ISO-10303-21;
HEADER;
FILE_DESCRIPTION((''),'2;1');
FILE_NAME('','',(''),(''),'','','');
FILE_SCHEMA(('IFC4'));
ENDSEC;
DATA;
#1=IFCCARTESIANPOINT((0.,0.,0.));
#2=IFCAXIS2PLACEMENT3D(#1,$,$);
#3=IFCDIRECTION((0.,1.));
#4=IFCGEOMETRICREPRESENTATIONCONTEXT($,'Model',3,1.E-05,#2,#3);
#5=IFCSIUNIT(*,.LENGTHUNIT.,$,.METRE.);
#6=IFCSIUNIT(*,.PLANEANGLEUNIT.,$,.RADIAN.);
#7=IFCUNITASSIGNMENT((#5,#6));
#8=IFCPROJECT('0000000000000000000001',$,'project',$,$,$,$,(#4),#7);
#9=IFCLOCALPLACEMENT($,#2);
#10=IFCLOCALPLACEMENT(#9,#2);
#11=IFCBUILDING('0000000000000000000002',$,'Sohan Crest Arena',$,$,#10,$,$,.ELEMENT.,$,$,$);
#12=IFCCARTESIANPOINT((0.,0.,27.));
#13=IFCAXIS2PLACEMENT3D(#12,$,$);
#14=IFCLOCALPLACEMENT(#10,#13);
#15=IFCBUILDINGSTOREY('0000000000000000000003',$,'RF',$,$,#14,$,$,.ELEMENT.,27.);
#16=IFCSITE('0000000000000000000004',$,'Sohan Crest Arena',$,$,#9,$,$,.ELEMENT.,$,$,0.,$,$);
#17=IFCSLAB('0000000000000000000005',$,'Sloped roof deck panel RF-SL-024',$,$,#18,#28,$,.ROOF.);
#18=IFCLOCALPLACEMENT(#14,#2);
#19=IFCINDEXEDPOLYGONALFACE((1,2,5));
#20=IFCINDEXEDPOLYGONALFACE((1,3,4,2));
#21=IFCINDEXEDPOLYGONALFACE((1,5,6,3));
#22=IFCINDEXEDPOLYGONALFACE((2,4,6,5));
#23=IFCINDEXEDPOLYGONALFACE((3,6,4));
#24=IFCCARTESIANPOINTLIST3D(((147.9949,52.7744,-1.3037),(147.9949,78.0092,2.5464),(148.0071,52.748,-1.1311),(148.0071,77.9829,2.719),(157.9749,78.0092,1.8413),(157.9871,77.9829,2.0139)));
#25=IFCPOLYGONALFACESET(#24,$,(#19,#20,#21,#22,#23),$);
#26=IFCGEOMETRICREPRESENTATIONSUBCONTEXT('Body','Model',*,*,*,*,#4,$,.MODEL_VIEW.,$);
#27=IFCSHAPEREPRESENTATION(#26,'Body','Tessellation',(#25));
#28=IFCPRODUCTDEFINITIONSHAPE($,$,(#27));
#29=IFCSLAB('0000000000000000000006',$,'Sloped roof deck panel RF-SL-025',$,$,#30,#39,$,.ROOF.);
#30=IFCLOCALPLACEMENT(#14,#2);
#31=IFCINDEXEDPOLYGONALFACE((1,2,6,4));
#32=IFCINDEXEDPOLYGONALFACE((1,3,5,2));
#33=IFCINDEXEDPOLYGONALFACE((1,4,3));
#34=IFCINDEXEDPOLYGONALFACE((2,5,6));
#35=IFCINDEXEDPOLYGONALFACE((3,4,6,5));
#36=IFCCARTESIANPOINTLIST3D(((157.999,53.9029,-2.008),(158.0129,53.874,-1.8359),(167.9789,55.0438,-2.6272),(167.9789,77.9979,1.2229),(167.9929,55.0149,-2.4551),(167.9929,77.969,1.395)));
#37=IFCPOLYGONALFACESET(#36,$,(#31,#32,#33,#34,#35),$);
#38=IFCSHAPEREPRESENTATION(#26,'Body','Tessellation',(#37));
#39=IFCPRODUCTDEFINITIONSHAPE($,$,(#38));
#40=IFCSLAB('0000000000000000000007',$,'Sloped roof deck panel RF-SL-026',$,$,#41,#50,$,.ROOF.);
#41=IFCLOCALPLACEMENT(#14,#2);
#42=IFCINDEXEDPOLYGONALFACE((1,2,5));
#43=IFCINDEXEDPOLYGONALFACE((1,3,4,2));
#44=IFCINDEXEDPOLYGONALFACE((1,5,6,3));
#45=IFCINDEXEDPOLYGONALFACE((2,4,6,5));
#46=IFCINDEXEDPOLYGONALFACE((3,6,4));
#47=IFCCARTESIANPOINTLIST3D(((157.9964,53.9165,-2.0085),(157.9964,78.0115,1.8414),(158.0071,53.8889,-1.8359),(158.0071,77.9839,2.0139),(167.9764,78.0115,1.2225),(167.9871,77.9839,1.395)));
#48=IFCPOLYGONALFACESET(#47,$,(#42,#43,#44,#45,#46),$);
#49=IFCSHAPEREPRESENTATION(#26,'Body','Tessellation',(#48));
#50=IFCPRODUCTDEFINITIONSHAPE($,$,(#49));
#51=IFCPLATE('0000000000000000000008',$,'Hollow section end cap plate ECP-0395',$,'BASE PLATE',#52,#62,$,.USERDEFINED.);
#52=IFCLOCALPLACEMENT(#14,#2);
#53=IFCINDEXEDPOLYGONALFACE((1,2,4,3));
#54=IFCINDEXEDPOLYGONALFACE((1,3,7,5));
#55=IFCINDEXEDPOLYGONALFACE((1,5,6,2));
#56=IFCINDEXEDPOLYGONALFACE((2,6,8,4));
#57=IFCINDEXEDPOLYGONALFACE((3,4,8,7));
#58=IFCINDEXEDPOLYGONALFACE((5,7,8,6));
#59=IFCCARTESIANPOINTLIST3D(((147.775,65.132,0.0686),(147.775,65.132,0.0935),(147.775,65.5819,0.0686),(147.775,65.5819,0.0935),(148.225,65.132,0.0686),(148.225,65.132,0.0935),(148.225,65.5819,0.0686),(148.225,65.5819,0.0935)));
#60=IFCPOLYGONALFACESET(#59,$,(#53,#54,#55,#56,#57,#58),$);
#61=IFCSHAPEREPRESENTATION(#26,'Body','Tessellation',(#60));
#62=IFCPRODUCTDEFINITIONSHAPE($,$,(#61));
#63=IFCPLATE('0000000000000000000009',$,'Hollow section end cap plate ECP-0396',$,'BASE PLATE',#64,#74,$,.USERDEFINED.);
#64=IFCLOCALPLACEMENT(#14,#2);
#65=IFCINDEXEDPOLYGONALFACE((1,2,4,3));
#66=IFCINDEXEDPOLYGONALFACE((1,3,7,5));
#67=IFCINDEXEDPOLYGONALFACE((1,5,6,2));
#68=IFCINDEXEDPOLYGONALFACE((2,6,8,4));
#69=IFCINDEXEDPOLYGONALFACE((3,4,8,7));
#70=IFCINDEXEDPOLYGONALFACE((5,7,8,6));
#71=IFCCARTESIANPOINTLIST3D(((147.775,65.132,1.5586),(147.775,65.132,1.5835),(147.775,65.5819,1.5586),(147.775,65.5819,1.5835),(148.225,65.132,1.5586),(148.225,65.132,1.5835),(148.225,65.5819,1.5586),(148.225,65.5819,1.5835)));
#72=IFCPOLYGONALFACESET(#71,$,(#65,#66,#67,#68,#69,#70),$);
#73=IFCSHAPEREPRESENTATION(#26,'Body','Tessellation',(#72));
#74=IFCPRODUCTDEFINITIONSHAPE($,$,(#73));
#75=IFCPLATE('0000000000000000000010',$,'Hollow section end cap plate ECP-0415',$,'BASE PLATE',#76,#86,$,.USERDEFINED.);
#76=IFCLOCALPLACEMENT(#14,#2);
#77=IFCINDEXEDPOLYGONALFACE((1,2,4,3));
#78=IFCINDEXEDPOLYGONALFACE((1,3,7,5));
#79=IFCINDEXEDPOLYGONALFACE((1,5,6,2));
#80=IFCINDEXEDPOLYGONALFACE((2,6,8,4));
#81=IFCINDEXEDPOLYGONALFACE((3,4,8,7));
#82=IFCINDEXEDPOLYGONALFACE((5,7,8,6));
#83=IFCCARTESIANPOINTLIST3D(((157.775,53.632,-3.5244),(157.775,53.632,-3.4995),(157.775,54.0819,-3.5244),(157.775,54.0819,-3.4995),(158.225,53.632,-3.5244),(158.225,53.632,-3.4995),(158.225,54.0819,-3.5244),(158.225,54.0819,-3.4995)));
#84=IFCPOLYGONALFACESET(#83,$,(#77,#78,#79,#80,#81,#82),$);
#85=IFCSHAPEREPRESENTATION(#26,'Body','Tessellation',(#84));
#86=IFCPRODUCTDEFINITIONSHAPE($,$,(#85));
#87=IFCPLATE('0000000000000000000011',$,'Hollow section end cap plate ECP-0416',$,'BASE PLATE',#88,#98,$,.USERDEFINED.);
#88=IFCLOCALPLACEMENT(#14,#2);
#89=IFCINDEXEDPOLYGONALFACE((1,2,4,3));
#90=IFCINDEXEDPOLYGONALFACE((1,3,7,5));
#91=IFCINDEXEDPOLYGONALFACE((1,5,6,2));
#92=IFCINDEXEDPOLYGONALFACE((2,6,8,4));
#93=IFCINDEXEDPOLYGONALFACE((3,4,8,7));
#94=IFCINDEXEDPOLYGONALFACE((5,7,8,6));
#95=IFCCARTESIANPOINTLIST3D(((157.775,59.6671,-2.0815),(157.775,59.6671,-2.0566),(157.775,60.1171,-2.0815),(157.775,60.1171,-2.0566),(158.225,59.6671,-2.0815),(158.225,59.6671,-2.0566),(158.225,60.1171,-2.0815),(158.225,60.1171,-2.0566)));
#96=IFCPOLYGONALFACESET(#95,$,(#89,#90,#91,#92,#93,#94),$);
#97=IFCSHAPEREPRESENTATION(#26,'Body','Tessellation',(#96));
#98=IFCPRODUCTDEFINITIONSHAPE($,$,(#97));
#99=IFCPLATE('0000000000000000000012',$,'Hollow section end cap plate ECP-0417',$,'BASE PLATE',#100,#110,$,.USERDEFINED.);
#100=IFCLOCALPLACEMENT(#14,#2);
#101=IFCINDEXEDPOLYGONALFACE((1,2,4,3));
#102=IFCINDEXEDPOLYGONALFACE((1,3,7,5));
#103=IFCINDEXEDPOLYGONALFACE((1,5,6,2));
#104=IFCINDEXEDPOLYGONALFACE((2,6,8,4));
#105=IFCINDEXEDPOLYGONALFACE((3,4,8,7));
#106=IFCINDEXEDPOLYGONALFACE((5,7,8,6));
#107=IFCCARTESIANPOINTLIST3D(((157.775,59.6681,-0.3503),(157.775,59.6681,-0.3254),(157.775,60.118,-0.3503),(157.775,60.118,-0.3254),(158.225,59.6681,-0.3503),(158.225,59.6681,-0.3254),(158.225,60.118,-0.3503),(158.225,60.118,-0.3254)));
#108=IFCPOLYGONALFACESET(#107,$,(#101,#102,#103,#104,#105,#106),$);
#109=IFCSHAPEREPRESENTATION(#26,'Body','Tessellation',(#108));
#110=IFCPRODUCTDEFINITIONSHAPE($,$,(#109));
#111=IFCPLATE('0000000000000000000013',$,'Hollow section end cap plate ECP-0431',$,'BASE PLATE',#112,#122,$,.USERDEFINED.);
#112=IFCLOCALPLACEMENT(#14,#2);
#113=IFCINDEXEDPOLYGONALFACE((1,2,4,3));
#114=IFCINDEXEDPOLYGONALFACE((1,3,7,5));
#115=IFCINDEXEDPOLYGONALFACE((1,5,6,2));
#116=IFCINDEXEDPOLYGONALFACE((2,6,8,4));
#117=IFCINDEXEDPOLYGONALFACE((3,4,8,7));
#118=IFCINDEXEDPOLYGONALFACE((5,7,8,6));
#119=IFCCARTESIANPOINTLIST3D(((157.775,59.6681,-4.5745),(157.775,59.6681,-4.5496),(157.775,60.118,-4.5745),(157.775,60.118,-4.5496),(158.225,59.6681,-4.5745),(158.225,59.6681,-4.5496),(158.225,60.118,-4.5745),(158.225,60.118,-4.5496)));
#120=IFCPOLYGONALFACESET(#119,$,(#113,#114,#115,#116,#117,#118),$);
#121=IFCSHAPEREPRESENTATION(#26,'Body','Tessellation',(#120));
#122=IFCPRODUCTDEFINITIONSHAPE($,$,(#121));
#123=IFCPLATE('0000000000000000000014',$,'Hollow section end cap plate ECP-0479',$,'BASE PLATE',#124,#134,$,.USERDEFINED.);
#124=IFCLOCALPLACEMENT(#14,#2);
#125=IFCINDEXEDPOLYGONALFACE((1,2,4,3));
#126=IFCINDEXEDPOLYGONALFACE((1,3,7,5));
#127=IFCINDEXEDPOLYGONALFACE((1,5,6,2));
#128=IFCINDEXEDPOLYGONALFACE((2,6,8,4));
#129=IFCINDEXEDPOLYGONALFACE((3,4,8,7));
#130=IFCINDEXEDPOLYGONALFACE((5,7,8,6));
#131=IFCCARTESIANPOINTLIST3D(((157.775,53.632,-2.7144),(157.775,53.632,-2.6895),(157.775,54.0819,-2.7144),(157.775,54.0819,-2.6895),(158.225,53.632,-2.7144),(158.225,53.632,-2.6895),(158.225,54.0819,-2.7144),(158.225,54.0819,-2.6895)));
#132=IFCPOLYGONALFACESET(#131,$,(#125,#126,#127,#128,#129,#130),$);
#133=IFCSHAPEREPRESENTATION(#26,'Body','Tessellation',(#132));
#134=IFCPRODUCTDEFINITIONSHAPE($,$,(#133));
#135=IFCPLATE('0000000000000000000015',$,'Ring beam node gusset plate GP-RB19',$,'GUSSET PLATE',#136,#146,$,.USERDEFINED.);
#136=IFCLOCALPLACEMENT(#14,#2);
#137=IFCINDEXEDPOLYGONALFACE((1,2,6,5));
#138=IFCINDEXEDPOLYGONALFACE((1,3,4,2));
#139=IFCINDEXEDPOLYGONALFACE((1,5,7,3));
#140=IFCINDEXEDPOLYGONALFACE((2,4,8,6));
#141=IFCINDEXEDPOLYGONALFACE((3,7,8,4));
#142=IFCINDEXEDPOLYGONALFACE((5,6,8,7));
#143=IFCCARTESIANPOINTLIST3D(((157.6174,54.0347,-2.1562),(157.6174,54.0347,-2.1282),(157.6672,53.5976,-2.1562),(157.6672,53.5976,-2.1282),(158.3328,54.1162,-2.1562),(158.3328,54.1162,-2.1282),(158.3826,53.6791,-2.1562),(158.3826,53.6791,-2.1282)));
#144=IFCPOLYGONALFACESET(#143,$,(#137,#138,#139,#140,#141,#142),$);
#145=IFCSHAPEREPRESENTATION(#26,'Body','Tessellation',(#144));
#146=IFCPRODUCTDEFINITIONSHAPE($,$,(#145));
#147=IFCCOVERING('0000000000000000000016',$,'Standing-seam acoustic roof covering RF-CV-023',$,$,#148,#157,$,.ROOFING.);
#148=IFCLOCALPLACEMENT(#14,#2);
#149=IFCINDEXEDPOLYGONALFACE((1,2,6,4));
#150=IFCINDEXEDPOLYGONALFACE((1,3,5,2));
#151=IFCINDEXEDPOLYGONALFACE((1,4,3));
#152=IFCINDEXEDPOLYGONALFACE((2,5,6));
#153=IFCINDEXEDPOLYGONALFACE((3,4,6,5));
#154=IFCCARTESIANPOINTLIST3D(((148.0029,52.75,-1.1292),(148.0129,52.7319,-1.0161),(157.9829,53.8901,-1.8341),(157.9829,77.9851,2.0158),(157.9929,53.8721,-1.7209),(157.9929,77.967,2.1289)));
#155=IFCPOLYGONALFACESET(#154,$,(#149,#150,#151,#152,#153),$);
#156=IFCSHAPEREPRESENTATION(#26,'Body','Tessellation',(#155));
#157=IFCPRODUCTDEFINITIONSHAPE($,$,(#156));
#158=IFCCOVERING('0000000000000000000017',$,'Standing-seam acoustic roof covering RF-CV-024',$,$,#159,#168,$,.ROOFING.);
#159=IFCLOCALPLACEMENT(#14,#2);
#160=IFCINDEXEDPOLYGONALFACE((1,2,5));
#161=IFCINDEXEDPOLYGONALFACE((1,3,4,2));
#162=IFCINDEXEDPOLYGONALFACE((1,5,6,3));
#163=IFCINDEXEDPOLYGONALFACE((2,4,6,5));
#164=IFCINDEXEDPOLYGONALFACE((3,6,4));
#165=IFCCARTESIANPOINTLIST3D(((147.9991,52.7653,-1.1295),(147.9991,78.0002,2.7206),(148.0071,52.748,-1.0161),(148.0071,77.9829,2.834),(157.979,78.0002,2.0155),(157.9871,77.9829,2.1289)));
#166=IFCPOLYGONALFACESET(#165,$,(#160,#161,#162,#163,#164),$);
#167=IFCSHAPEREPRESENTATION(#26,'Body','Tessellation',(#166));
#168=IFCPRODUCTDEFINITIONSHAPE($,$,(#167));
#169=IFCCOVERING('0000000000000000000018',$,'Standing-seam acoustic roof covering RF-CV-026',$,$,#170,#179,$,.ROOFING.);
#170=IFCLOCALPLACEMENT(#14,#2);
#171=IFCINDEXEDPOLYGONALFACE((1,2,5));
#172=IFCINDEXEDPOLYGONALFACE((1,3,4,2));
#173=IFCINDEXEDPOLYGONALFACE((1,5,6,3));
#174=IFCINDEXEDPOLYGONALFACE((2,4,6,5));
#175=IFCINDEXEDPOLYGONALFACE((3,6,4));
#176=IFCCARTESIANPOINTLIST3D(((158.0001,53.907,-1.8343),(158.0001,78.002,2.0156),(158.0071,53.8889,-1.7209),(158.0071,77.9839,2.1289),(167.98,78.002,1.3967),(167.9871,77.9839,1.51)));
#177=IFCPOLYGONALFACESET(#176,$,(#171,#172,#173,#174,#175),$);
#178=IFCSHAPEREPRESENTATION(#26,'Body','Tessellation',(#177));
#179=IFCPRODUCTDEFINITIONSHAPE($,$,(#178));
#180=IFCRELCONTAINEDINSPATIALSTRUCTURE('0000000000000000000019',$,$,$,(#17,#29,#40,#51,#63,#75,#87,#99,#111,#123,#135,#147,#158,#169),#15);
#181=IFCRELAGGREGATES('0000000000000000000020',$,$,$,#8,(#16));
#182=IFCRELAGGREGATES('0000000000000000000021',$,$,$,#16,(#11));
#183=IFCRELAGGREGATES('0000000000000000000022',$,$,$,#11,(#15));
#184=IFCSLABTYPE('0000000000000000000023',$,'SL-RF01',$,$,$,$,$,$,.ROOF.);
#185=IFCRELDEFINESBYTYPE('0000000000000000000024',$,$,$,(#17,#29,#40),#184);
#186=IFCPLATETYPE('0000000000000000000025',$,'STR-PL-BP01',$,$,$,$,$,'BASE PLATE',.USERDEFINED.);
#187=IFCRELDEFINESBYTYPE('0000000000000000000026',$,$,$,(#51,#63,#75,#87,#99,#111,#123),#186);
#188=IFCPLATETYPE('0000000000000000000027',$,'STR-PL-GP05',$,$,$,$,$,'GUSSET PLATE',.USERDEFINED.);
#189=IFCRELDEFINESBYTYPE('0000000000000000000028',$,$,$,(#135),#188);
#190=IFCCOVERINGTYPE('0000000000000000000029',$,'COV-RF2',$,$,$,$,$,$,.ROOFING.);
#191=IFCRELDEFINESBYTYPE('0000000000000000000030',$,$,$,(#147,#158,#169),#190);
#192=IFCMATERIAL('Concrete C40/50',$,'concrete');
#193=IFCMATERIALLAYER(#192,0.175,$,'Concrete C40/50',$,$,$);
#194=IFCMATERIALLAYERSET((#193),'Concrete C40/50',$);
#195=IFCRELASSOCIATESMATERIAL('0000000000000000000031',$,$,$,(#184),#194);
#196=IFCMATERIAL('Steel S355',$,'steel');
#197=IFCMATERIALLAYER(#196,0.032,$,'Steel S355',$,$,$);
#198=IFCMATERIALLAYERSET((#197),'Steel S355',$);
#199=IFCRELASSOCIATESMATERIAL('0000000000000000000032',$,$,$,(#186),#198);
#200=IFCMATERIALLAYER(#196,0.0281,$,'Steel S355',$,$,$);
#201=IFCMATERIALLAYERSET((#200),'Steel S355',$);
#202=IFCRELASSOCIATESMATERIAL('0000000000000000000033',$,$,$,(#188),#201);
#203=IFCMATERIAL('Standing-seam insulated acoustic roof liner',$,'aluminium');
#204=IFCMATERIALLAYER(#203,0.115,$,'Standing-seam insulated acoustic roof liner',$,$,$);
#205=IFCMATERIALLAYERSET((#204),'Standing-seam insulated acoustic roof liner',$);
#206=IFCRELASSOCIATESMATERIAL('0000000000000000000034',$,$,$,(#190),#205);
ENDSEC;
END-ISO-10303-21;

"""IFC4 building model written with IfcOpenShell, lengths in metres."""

from ifc_helpers import new_model, si_unit, direction, frame, origin, origin_2d, place, context, subcontext, project, spatial, polyline, rectangle, outline, extrude, material, layer, layer_set, type_object, element, save


model = new_model("IFC4")

# Units and contexts
model_context = context("Model", 3, precision=1e-05, world=origin(), true_north=direction((0.0, 1.0)))
body_context = subcontext(model_context, "Body", "Model", "MODEL_VIEW")
ifc_project = project(units=[si_unit("LENGTHUNIT", "METRE"), si_unit("PLANEANGLEUNIT", "RADIAN")], contexts=[model_context])

# Site, building, storey
site_placement = place(None, origin())
site = spatial("IfcSite", under=ifc_project, at=site_placement, Name="Sohan Crest Arena", CompositionType="ELEMENT", RefElevation=0.0)
building_placement = place(site_placement, origin())
building = spatial("IfcBuilding", under=site, at=building_placement, Name="Sohan Crest Arena", CompositionType="ELEMENT")
storey_placement = place(building_placement, frame((0.0, 0.0, 27.0)))
storey = spatial("IfcBuildingStorey", under=building, at=storey_placement, Name="RF", CompositionType="ELEMENT", Elevation=27.0)

# Shared definitions
ifc_material_1 = material(Name="Steel S355", Category="steel")

# Slabs
ifc_material_2 = material(Name="Concrete C40/50", Category="concrete")
ifc_layer_1 = layer(ifc_material_2, 0.175, Name="Concrete C40/50")
ifc_layer_set_1 = layer_set([ifc_layer_1], Name="Concrete C40/50")
slab_type = type_object("IfcSlabType", Name="SL-RF01", PredefinedType="ROOF", material=ifc_layer_set_1)
slab_1_placement = place(storey_placement, frame((148.0071, 52.748, -1.1311), z_axis=(0.069671, -0.150459, 0.986158), x_axis=(0.365322, 0.923735, 0.115125)))
element("IfcSlab", 1, at=slab_1_placement, inside=storey, type_object=slab_type, Name="Sloped roof deck panel RF-SL-024", PredefinedType="ROOF", context=body_context, shape_type="SweptSolid", body=[
    extrude(outline(polyline([(0.0, 0.0), (27.3183, 0.0), (23.7536, 9.3483), (0.0, 0.0)])), origin(), (0.0, 0.0, -1.0), 0.175),
])
slab_2_placement = place(storey_placement, frame((158.0129, 53.874, -1.8359), z_axis=(0.079838, -0.164891, 0.983075), x_axis=(0.991647, 0.113361, -0.06152)))
element("IfcSlab", 2, at=slab_2_placement, inside=storey, type_object=slab_type, Name="Sloped roof deck panel RF-SL-025", PredefinedType="ROOF", context=body_context, shape_type="SweptSolid", body=[
    extrude(outline(polyline([(0.0, 0.0), (10.064, 0.0), (12.4293, 23.1543), (0.0, 0.0)])), origin(), (0.0, 0.0, -1.0), 0.175),
])
slab_3_placement = place(storey_placement, frame((158.0071, 53.8889, -1.8359), z_axis=(0.061123, -0.157482, 0.985628), x_axis=(0.379764, 0.916877, 0.122946)))
element("IfcSlab", 3, at=slab_3_placement, inside=storey, type_object=slab_type, Name="Sloped roof deck panel RF-SL-026", PredefinedType="ROOF", context=body_context, shape_type="SweptSolid", body=[
    extrude(outline(polyline([(0.0, 0.0), (26.2794, 0.0), (22.5654, 9.2838), (0.0, 0.0)])), origin(), (0.0, 0.0, -1.0), 0.175),
])

# Plates
ifc_layer_2 = layer(ifc_material_1, 0.032, Name="Steel S355")
ifc_layer_set_2 = layer_set([ifc_layer_2], Name="Steel S355")
plate_type_1 = type_object("IfcPlateType", Name="STR-PL-BP01", ElementType="BASE PLATE", PredefinedType="USERDEFINED", material=ifc_layer_set_2)
for number, where, z_axis, x_axis, name in (
    (4, (148.0, 65.3569, 0.0686), (0.0, 0.0, 1.0), (1.0, 0.0, 0.0), "Hollow section end cap plate ECP-0395"),
    (5, (148.0, 65.3569, 1.5586), (0.0, 0.0, 1.0), (1.0, 0.0, 0.0), "Hollow section end cap plate ECP-0396"),
    (6, (158.0, 53.8569, -3.5244), (0.0, 0.0, 1.0), (1.0, 0.0, 0.0), "Hollow section end cap plate ECP-0415"),
    (7, (158.0, 59.8921, -2.0815), (0.0, 0.0, 1.0), (1.0, 0.0, 0.0), "Hollow section end cap plate ECP-0416"),
    (8, (158.0, 59.8931, -0.3503), (0.0, 0.0, 1.0), (1.0, 0.0, 0.0), "Hollow section end cap plate ECP-0417"),
    (9, (158.0, 59.8931, -4.5745), (0.0, 0.0, 1.0), (1.0, 0.0, 0.0), "Hollow section end cap plate ECP-0431"),
    (10, (158.0, 53.8569, -2.7144), (0.0, 0.0, 1.0), (1.0, 0.0, 0.0), "Hollow section end cap plate ECP-0479"),
):
    element("IfcPlate", number, at=place(storey_placement, frame(where, z_axis=z_axis, x_axis=x_axis)), inside=storey, type_object=plate_type_1, Name=name, ObjectType="BASE PLATE", PredefinedType="USERDEFINED", context=body_context, shape_type="SweptSolid", body=[
        extrude(rectangle(XDim=0.45, YDim=0.45, at=origin_2d()), origin(), (0.0, 0.0, 1.0), 0.0249),
    ])
ifc_layer_3 = layer(ifc_material_1, 0.0281, Name="Steel S355")
ifc_layer_set_3 = layer_set([ifc_layer_3], Name="Steel S355")
plate_type_2 = type_object("IfcPlateType", Name="STR-PL-GP05", ElementType="GUSSET PLATE", PredefinedType="USERDEFINED", material=ifc_layer_set_3)
plate_placement = place(storey_placement, frame((158.0, 53.8569, -2.1562), z_axis=(0.0, 0.0, 1.0), x_axis=(0.993572, 0.113203, 0.0)))
element("IfcPlate", 11, at=plate_placement, inside=storey, type_object=plate_type_2, Name="Ring beam node gusset plate GP-RB19", ObjectType="GUSSET PLATE", PredefinedType="USERDEFINED", context=body_context, shape_type="SweptSolid", body=[
    extrude(rectangle(XDim=0.72, YDim=0.4399, at=origin_2d()), origin(), (0.0, 0.0, 1.0), 0.0281),
])

# Coverings
ifc_material_3 = material(Name="Standing-seam insulated acoustic roof liner", Category="aluminium")
ifc_layer_4 = layer(ifc_material_3, 0.115, Name="Standing-seam insulated acoustic roof liner")
ifc_layer_set_4 = layer_set([ifc_layer_4], Name="Standing-seam insulated acoustic roof liner")
covering_type = type_object("IfcCoveringType", Name="COV-RF2", PredefinedType="ROOFING", material=ifc_layer_set_4)
covering_1_placement = place(storey_placement, frame((148.0129, 52.7319, -1.0161), z_axis=(0.087429, -0.157173, 0.983693), x_axis=(0.991101, 0.113226, -0.069996)))
element("IfcCovering", 12, at=covering_1_placement, inside=storey, type_object=covering_type, Name="Standing-seam acoustic roof covering RF-CV-023", PredefinedType="ROOFING", context=body_context, shape_type="SweptSolid", body=[
    extrude(outline(polyline([(0.0, 0.0), (10.0696, 0.0), (12.5283, 24.2764), (0.0, 0.0)])), origin(), (0.0, 0.0, -1.0), 0.115),
])
covering_2_placement = place(storey_placement, frame((148.0071, 52.748, -1.0161), z_axis=(0.069671, -0.150459, 0.986158), x_axis=(0.365322, 0.923735, 0.115125)))
element("IfcCovering", 13, at=covering_2_placement, inside=storey, type_object=covering_type, Name="Standing-seam acoustic roof covering RF-CV-024", PredefinedType="ROOFING", context=body_context, shape_type="SweptSolid", body=[
    extrude(outline(polyline([(0.0, 0.0), (27.3183, 0.0), (23.7536, 9.3483), (0.0, 0.0)])), origin(), (0.0, 0.0, -1.0), 0.115),
])
covering_3_placement = place(storey_placement, frame((158.0071, 53.8889, -1.7209), z_axis=(0.061123, -0.157482, 0.985628), x_axis=(0.379764, 0.916877, 0.122946)))
element("IfcCovering", 14, at=covering_3_placement, inside=storey, type_object=covering_type, Name="Standing-seam acoustic roof covering RF-CV-026", PredefinedType="ROOFING", context=body_context, shape_type="SweptSolid", body=[
    extrude(outline(polyline([(0.0, 0.0), (26.2794, 0.0), (22.5654, 9.2838), (0.0, 0.0)])), origin(), (0.0, 0.0, -1.0), 0.115),
])

save(model, "model.ifc")
